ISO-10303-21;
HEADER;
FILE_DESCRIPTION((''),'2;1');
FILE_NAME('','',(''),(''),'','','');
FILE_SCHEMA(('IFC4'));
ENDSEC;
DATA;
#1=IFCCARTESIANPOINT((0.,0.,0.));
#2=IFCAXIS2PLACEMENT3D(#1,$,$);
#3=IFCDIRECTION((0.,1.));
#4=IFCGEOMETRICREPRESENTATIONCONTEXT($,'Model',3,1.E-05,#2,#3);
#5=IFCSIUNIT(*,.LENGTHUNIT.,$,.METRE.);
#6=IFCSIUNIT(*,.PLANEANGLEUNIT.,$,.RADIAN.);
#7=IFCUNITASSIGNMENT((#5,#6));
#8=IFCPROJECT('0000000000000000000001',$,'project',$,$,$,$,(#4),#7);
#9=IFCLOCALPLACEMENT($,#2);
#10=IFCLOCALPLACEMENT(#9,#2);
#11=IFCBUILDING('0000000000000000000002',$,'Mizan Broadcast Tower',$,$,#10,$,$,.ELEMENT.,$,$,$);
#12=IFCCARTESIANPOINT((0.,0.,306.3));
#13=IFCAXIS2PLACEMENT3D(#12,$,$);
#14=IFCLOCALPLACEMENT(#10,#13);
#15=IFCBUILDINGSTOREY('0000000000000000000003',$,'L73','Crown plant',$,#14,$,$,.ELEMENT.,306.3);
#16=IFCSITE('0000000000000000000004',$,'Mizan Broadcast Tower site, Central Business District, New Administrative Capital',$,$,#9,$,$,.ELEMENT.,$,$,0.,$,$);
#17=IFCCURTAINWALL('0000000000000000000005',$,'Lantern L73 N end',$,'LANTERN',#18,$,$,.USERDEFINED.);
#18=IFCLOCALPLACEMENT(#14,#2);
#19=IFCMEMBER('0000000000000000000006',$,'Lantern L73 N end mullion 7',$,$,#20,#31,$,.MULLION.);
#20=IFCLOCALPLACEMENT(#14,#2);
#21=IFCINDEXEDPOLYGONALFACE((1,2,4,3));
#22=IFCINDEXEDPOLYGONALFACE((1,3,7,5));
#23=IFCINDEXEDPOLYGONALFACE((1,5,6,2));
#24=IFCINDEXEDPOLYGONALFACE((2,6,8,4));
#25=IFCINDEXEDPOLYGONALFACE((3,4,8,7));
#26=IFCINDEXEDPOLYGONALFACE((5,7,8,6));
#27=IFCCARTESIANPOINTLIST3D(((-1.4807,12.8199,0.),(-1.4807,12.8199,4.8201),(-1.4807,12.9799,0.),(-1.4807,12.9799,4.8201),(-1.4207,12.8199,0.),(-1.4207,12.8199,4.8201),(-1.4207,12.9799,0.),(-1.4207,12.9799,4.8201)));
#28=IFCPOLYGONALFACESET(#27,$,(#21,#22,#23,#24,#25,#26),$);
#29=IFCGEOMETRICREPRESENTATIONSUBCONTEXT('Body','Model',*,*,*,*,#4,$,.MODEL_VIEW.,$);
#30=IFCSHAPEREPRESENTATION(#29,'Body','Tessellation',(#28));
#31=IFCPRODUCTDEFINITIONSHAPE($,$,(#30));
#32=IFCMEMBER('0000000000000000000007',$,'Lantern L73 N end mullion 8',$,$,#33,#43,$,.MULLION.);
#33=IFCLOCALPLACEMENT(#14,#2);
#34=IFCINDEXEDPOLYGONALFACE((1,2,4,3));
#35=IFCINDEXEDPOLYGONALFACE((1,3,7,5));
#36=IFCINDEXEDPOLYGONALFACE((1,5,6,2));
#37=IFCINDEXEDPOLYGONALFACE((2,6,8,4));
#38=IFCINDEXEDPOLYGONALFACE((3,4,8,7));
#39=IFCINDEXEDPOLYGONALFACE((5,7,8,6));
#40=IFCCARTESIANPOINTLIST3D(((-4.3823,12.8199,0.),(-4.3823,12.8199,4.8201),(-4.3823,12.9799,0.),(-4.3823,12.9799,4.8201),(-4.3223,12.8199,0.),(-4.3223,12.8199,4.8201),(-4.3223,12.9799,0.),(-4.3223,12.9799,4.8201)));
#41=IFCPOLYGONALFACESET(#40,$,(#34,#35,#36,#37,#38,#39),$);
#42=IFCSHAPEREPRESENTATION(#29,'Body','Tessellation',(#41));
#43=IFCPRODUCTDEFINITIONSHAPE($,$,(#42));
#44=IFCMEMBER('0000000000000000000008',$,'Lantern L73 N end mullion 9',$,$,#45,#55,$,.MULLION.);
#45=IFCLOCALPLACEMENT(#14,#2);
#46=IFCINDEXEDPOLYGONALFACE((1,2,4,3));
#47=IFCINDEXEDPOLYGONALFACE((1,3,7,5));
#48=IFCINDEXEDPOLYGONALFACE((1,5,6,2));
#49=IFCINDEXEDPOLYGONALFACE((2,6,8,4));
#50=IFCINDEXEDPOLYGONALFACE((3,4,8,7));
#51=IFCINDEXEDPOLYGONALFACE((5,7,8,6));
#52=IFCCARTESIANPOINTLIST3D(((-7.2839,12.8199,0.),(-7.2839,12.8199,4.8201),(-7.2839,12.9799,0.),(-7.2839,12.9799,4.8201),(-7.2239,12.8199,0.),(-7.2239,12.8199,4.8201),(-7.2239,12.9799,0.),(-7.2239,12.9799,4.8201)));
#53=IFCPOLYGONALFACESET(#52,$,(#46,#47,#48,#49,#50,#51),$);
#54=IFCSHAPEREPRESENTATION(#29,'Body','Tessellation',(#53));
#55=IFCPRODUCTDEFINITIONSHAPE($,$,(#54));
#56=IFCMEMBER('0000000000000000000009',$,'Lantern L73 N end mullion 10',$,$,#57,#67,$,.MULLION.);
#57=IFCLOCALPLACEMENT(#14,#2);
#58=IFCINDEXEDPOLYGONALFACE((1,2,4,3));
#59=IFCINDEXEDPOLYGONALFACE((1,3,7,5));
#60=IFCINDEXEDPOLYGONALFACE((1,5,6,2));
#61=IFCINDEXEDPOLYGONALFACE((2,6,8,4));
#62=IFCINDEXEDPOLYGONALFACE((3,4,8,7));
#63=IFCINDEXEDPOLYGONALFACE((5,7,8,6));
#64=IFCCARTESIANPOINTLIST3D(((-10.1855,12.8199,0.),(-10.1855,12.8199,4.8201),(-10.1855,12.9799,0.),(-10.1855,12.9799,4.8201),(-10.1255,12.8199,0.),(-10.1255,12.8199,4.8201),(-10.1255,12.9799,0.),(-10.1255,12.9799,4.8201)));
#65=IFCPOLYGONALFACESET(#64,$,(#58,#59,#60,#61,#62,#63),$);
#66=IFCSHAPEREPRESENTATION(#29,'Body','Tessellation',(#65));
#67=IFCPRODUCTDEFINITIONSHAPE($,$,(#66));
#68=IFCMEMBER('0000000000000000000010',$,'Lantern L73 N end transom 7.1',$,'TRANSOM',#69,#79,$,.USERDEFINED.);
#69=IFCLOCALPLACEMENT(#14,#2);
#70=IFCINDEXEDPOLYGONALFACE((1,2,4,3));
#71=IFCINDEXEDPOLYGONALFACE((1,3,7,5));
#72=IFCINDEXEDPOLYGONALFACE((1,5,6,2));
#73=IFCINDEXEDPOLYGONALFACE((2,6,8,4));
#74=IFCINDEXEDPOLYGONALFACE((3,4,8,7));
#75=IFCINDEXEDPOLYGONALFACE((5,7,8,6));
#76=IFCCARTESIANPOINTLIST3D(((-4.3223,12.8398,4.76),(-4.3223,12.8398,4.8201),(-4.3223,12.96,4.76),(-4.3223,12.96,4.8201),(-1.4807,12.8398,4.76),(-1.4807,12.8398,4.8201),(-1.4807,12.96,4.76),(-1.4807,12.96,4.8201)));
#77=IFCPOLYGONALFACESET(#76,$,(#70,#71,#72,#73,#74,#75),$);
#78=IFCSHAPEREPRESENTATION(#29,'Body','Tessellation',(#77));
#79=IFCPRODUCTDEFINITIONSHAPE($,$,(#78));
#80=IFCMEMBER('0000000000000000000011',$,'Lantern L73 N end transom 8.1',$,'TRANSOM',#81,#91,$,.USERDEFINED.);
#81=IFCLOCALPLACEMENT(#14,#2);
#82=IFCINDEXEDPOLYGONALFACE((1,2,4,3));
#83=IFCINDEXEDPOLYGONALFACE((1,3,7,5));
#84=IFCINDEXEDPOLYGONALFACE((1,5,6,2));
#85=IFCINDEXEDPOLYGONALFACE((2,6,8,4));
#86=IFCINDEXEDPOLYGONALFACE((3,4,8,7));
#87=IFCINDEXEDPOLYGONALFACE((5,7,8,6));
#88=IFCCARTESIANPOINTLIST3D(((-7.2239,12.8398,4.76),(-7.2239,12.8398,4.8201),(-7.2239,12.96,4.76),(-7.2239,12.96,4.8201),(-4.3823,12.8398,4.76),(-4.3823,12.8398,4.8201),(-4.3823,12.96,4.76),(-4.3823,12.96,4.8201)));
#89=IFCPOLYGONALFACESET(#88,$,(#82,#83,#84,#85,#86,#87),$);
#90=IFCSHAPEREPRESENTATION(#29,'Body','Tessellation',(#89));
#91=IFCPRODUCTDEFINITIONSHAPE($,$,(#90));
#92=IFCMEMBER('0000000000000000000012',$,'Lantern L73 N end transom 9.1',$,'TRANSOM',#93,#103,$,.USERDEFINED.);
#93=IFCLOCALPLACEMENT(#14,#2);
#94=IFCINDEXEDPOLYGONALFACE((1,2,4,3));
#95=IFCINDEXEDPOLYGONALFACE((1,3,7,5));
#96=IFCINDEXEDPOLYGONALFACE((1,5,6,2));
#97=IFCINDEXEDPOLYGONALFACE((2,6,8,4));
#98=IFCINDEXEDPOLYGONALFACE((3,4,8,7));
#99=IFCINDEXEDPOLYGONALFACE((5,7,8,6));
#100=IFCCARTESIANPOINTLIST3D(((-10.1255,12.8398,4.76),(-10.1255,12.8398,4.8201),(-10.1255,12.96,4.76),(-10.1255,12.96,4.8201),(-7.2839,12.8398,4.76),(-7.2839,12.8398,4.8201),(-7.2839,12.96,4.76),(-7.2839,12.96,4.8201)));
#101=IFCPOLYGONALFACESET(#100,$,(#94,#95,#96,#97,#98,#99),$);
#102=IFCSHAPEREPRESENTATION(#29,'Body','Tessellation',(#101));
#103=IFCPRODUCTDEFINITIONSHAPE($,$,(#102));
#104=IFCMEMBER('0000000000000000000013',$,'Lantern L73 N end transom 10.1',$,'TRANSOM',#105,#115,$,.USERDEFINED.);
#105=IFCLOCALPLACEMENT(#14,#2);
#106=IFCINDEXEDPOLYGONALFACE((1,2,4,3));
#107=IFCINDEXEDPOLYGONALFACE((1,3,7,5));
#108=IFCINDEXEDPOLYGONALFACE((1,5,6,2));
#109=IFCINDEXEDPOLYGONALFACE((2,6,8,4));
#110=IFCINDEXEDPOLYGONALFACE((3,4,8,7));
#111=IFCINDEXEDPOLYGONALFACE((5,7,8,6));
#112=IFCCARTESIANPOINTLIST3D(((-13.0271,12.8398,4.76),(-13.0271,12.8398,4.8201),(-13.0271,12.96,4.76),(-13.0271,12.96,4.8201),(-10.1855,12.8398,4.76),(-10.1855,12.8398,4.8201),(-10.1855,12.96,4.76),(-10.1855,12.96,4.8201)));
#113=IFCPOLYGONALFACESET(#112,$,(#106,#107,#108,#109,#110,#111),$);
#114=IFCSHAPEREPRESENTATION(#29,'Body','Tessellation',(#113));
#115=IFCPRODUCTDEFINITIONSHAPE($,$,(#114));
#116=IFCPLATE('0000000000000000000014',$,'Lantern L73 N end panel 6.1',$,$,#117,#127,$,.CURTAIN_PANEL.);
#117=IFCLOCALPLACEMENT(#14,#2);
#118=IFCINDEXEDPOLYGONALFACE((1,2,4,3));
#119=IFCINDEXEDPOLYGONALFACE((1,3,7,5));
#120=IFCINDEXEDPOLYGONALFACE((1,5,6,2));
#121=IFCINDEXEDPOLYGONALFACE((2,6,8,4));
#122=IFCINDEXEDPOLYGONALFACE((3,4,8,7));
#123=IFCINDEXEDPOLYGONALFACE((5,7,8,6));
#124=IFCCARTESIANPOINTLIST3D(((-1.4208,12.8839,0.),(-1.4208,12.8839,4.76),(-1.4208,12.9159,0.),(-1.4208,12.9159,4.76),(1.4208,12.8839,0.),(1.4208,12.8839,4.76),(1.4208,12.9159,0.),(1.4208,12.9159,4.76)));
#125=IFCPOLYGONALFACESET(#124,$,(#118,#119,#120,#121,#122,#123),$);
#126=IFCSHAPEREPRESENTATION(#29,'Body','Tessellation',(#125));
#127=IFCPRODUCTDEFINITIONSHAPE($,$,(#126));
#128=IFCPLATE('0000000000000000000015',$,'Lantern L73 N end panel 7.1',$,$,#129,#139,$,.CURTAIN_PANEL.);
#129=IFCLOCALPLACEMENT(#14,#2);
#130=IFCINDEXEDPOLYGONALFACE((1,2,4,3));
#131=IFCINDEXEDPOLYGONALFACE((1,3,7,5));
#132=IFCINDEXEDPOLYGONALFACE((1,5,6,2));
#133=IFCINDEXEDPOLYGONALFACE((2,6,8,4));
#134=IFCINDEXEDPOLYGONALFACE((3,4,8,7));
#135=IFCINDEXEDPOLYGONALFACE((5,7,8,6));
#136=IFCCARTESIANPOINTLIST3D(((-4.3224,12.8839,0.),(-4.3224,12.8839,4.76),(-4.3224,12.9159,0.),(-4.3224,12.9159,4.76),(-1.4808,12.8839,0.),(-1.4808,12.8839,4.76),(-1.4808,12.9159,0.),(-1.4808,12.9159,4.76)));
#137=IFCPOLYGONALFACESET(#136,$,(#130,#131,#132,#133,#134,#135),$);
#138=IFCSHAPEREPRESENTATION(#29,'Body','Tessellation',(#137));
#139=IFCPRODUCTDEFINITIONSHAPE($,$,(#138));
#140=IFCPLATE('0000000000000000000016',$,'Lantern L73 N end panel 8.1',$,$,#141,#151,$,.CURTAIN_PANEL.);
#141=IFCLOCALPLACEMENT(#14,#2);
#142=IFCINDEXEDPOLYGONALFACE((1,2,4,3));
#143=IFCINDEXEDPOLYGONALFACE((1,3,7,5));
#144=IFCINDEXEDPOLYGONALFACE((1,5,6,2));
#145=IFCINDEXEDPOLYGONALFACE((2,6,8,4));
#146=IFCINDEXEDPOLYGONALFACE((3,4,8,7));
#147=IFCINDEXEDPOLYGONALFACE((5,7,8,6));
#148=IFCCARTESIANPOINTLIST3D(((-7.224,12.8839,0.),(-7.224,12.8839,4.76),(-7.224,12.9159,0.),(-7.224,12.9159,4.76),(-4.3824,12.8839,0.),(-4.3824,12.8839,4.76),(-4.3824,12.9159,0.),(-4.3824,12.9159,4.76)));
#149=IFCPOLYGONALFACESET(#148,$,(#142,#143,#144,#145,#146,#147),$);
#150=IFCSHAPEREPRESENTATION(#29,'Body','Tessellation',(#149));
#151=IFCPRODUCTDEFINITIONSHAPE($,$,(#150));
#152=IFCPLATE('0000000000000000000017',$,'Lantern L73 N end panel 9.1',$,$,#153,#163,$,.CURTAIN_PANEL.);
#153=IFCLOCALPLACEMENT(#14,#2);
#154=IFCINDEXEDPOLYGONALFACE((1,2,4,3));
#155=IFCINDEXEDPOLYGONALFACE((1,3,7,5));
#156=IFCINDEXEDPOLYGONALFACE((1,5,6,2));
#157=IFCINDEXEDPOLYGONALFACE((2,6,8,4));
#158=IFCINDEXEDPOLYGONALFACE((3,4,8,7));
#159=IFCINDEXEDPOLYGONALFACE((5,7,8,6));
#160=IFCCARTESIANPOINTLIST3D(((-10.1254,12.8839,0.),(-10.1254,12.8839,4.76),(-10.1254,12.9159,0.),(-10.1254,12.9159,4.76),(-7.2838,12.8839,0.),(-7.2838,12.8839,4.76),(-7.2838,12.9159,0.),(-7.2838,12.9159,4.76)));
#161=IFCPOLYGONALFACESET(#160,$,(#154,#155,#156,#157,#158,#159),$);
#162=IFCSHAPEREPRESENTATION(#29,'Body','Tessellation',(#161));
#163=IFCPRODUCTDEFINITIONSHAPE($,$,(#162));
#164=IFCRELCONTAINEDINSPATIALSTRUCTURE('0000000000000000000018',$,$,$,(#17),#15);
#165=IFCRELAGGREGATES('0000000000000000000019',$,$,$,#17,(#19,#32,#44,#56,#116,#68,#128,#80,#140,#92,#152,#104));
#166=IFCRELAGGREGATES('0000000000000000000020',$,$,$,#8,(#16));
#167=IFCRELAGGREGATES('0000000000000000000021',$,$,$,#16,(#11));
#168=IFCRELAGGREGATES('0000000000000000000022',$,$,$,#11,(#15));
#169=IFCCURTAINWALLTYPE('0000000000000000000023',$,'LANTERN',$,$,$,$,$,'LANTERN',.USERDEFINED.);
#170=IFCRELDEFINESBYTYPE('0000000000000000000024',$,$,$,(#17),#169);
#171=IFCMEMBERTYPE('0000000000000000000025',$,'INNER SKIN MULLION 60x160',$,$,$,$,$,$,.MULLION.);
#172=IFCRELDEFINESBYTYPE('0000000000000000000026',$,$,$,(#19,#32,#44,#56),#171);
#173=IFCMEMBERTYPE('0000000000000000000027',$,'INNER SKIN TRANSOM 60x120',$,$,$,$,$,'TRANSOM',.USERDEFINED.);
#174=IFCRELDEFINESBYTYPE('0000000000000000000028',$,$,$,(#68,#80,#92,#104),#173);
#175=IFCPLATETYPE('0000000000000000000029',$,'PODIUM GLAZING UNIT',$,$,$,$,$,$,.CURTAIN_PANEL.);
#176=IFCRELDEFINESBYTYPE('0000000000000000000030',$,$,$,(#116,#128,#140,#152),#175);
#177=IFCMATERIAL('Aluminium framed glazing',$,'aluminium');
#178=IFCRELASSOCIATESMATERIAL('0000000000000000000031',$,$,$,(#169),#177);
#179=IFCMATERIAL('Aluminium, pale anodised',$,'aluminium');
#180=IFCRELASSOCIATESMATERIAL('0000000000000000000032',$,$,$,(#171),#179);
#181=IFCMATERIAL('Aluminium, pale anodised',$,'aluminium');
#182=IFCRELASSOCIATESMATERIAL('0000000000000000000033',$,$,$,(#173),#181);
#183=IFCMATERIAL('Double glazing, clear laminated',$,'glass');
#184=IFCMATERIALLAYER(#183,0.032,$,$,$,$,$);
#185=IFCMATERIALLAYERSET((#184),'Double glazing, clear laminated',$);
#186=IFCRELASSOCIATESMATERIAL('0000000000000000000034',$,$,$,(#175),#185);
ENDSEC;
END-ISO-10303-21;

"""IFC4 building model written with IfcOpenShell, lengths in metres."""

from ifc_helpers import new_model, si_unit, direction, frame, origin, origin_2d, place, context, subcontext, project, spatial, rectangle, extrude, material, layer, layer_set, material_profile, profile_set, type_object, element, aggregate, save


model = new_model("IFC4")

# Units and contexts
model_context = context("Model", 3, precision=1e-05, world=origin(), true_north=direction((0.0, 1.0)))
body_context = subcontext(model_context, "Body", "Model", "MODEL_VIEW")
ifc_project = project(units=[si_unit("LENGTHUNIT", "METRE"), si_unit("PLANEANGLEUNIT", "RADIAN")], contexts=[model_context])

# Site, building, storey
site_placement = place(None, origin())
site = spatial("IfcSite", under=ifc_project, at=site_placement, Name="Mizan Broadcast Tower site, Central Business District, New Administrative Capital", CompositionType="ELEMENT", RefElevation=0.0)
building_placement = place(site_placement, origin())
building = spatial("IfcBuilding", under=site, at=building_placement, Name="Mizan Broadcast Tower", CompositionType="ELEMENT")
storey_placement = place(building_placement, frame((0.0, 0.0, 306.3)))
storey = spatial("IfcBuildingStorey", under=building, at=storey_placement, Name="L73", Description="Crown plant", CompositionType="ELEMENT", Elevation=306.3)

# Curtain wall, members, plates
ifc_material_1 = material(Name="Aluminium framed glazing", Category="aluminium")
curtain_wall_type = type_object("IfcCurtainWallType", Name="LANTERN", ElementType="LANTERN", PredefinedType="USERDEFINED", material=ifc_material_1)
curtain_wall_placement = place(storey_placement, origin())
curtain_wall = element("IfcCurtainWall", 1, at=curtain_wall_placement, inside=storey, type_object=curtain_wall_type, Name="Lantern L73 N end", ObjectType="LANTERN", PredefinedType="USERDEFINED")
ifc_material_2 = material(Name="Aluminium, pale anodised", Category="aluminium")
ifc_material_profile_1 = material_profile(ifc_material_2, rectangle(XDim=0.1599, YDim=0.0601, at=origin_2d()), Name="MULLION 160x60")
ifc_profile_set_1 = profile_set([ifc_material_profile_1], Name="Aluminium, pale anodised")
member_type_1 = type_object("IfcMemberType", Name="INNER SKIN MULLION 60x160", PredefinedType="MULLION", material=ifc_profile_set_1)
member_1_placement = place(storey_placement, frame((-1.4507, 12.8999, 0.0), z_axis=(0.0, 0.0, 1.0), x_axis=(0.0, -1.0, 0.0)))
member_1 = element("IfcMember", 2, at=member_1_placement, type_object=member_type_1, Name="Lantern L73 N end mullion 7", PredefinedType="MULLION", context=body_context, shape_type="SweptSolid", body=[
    extrude(rectangle(XDim=0.1599, YDim=0.0601, at=origin_2d()), origin(), (0.0, 0.0, 1.0), 4.8201),
])
member_2_placement = place(storey_placement, frame((-4.3523, 12.8999, 0.0), z_axis=(0.0, 0.0, 1.0), x_axis=(0.0, -1.0, 0.0)))
member_2 = element("IfcMember", 3, at=member_2_placement, type_object=member_type_1, Name="Lantern L73 N end mullion 8", PredefinedType="MULLION", context=body_context, shape_type="SweptSolid", body=[
    extrude(rectangle(XDim=0.1599, YDim=0.0601, at=origin_2d()), origin(), (0.0, 0.0, 1.0), 4.8201),
])
member_3_placement = place(storey_placement, frame((-7.2539, 12.8999, 0.0), z_axis=(0.0, 0.0, 1.0), x_axis=(0.0, -1.0, 0.0)))
member_3 = element("IfcMember", 4, at=member_3_placement, type_object=member_type_1, Name="Lantern L73 N end mullion 9", PredefinedType="MULLION", context=body_context, shape_type="SweptSolid", body=[
    extrude(rectangle(XDim=0.1599, YDim=0.0601, at=origin_2d()), origin(), (0.0, 0.0, 1.0), 4.8201),
])
member_4_placement = place(storey_placement, frame((-10.1555, 12.8999, 0.0), z_axis=(0.0, 0.0, 1.0), x_axis=(0.0, -1.0, 0.0)))
member_4 = element("IfcMember", 5, at=member_4_placement, type_object=member_type_1, Name="Lantern L73 N end mullion 10", PredefinedType="MULLION", context=body_context, shape_type="SweptSolid", body=[
    extrude(rectangle(XDim=0.1599, YDim=0.0601, at=origin_2d()), origin(), (0.0, 0.0, 1.0), 4.8201),
])
ifc_material_3 = material(Name="Aluminium, pale anodised", Category="aluminium")
ifc_material_profile_2 = material_profile(ifc_material_3, rectangle(XDim=0.1201, YDim=0.0601, at=origin_2d()), Name="TRANSOM 120x60")
ifc_profile_set_2 = profile_set([ifc_material_profile_2], Name="Aluminium, pale anodised")
member_type_2 = type_object("IfcMemberType", Name="INNER SKIN TRANSOM 60x120", ElementType="TRANSOM", PredefinedType="USERDEFINED", material=ifc_profile_set_2)
member_5_placement = place(storey_placement, frame((-1.4807, 12.8999, 4.79), z_axis=(-1.0, 0.0, 0.0), x_axis=(0.0, -1.0, 0.0)))
member_5 = element("IfcMember", 6, at=member_5_placement, type_object=member_type_2, Name="Lantern L73 N end transom 7.1", ObjectType="TRANSOM", PredefinedType="USERDEFINED", context=body_context, shape_type="SweptSolid", body=[
    extrude(rectangle(XDim=0.1201, YDim=0.0601, at=origin_2d()), origin(), (0.0, 0.0, 1.0), 2.8416),
])
member_6_placement = place(storey_placement, frame((-4.3823, 12.8999, 4.79), z_axis=(-1.0, 0.0, 0.0), x_axis=(0.0, -1.0, 0.0)))
member_6 = element("IfcMember", 7, at=member_6_placement, type_object=member_type_2, Name="Lantern L73 N end transom 8.1", ObjectType="TRANSOM", PredefinedType="USERDEFINED", context=body_context, shape_type="SweptSolid", body=[
    extrude(rectangle(XDim=0.1201, YDim=0.0601, at=origin_2d()), origin(), (0.0, 0.0, 1.0), 2.8416),
])
member_7_placement = place(storey_placement, frame((-7.2839, 12.8999, 4.79), z_axis=(-1.0, 0.0, 0.0), x_axis=(0.0, -1.0, 0.0)))
member_7 = element("IfcMember", 8, at=member_7_placement, type_object=member_type_2, Name="Lantern L73 N end transom 9.1", ObjectType="TRANSOM", PredefinedType="USERDEFINED", context=body_context, shape_type="SweptSolid", body=[
    extrude(rectangle(XDim=0.1201, YDim=0.0601, at=origin_2d()), origin(), (0.0, 0.0, 1.0), 2.8416),
])
member_8_placement = place(storey_placement, frame((-10.1855, 12.8999, 4.79), z_axis=(-1.0, 0.0, 0.0), x_axis=(0.0, -1.0, 0.0)))
member_8 = element("IfcMember", 9, at=member_8_placement, type_object=member_type_2, Name="Lantern L73 N end transom 10.1", ObjectType="TRANSOM", PredefinedType="USERDEFINED", context=body_context, shape_type="SweptSolid", body=[
    extrude(rectangle(XDim=0.1201, YDim=0.0601, at=origin_2d()), origin(), (0.0, 0.0, 1.0), 2.8416),
])
ifc_material_4 = material(Name="Double glazing, clear laminated", Category="glass")
ifc_layer_1 = layer(ifc_material_4, 0.032)
ifc_layer_set_1 = layer_set([ifc_layer_1], Name="Double glazing, clear laminated")
plate_type = type_object("IfcPlateType", Name="PODIUM GLAZING UNIT", PredefinedType="CURTAIN_PANEL", material=ifc_layer_set_1)
plate_1_placement = place(storey_placement, frame((0.0, 12.8999, 0.0), z_axis=(0.0, 0.0, 1.0), x_axis=(-1.0, 0.0, 0.0)))
plate_1 = element("IfcPlate", 10, at=plate_1_placement, type_object=plate_type, Name="Lantern L73 N end panel 6.1", PredefinedType="CURTAIN_PANEL", context=body_context, shape_type="SweptSolid", body=[
    extrude(rectangle(XDim=2.8416, YDim=0.032, at=origin_2d()), origin(), (0.0, 0.0, 1.0), 4.76),
])
plate_2_placement = place(storey_placement, frame((-2.9016, 12.8999, 0.0), z_axis=(0.0, 0.0, 1.0), x_axis=(-1.0, 0.0, 0.0)))
plate_2 = element("IfcPlate", 11, at=plate_2_placement, type_object=plate_type, Name="Lantern L73 N end panel 7.1", PredefinedType="CURTAIN_PANEL", context=body_context, shape_type="SweptSolid", body=[
    extrude(rectangle(XDim=2.8416, YDim=0.032, at=origin_2d()), origin(), (0.0, 0.0, 1.0), 4.76),
])
plate_3_placement = place(storey_placement, frame((-5.8032, 12.8999, 0.0), z_axis=(0.0, 0.0, 1.0), x_axis=(-1.0, 0.0, 0.0)))
plate_3 = element("IfcPlate", 12, at=plate_3_placement, type_object=plate_type, Name="Lantern L73 N end panel 8.1", PredefinedType="CURTAIN_PANEL", context=body_context, shape_type="SweptSolid", body=[
    extrude(rectangle(XDim=2.8416, YDim=0.032, at=origin_2d()), origin(), (0.0, 0.0, 1.0), 4.76),
])
plate_4_placement = place(storey_placement, frame((-8.7046, 12.8999, 0.0), z_axis=(0.0, 0.0, 1.0), x_axis=(-1.0, 0.0, 0.0)))
plate_4 = element("IfcPlate", 13, at=plate_4_placement, type_object=plate_type, Name="Lantern L73 N end panel 9.1", PredefinedType="CURTAIN_PANEL", context=body_context, shape_type="SweptSolid", body=[
    extrude(rectangle(XDim=2.8416, YDim=0.032, at=origin_2d()), origin(), (0.0, 0.0, 1.0), 4.76),
])
aggregate(curtain_wall, [member_1, member_2, member_3, member_4, plate_1, member_5, plate_2, member_6, plate_3, member_7, plate_4, member_8])

save(model, "model.ifc")
